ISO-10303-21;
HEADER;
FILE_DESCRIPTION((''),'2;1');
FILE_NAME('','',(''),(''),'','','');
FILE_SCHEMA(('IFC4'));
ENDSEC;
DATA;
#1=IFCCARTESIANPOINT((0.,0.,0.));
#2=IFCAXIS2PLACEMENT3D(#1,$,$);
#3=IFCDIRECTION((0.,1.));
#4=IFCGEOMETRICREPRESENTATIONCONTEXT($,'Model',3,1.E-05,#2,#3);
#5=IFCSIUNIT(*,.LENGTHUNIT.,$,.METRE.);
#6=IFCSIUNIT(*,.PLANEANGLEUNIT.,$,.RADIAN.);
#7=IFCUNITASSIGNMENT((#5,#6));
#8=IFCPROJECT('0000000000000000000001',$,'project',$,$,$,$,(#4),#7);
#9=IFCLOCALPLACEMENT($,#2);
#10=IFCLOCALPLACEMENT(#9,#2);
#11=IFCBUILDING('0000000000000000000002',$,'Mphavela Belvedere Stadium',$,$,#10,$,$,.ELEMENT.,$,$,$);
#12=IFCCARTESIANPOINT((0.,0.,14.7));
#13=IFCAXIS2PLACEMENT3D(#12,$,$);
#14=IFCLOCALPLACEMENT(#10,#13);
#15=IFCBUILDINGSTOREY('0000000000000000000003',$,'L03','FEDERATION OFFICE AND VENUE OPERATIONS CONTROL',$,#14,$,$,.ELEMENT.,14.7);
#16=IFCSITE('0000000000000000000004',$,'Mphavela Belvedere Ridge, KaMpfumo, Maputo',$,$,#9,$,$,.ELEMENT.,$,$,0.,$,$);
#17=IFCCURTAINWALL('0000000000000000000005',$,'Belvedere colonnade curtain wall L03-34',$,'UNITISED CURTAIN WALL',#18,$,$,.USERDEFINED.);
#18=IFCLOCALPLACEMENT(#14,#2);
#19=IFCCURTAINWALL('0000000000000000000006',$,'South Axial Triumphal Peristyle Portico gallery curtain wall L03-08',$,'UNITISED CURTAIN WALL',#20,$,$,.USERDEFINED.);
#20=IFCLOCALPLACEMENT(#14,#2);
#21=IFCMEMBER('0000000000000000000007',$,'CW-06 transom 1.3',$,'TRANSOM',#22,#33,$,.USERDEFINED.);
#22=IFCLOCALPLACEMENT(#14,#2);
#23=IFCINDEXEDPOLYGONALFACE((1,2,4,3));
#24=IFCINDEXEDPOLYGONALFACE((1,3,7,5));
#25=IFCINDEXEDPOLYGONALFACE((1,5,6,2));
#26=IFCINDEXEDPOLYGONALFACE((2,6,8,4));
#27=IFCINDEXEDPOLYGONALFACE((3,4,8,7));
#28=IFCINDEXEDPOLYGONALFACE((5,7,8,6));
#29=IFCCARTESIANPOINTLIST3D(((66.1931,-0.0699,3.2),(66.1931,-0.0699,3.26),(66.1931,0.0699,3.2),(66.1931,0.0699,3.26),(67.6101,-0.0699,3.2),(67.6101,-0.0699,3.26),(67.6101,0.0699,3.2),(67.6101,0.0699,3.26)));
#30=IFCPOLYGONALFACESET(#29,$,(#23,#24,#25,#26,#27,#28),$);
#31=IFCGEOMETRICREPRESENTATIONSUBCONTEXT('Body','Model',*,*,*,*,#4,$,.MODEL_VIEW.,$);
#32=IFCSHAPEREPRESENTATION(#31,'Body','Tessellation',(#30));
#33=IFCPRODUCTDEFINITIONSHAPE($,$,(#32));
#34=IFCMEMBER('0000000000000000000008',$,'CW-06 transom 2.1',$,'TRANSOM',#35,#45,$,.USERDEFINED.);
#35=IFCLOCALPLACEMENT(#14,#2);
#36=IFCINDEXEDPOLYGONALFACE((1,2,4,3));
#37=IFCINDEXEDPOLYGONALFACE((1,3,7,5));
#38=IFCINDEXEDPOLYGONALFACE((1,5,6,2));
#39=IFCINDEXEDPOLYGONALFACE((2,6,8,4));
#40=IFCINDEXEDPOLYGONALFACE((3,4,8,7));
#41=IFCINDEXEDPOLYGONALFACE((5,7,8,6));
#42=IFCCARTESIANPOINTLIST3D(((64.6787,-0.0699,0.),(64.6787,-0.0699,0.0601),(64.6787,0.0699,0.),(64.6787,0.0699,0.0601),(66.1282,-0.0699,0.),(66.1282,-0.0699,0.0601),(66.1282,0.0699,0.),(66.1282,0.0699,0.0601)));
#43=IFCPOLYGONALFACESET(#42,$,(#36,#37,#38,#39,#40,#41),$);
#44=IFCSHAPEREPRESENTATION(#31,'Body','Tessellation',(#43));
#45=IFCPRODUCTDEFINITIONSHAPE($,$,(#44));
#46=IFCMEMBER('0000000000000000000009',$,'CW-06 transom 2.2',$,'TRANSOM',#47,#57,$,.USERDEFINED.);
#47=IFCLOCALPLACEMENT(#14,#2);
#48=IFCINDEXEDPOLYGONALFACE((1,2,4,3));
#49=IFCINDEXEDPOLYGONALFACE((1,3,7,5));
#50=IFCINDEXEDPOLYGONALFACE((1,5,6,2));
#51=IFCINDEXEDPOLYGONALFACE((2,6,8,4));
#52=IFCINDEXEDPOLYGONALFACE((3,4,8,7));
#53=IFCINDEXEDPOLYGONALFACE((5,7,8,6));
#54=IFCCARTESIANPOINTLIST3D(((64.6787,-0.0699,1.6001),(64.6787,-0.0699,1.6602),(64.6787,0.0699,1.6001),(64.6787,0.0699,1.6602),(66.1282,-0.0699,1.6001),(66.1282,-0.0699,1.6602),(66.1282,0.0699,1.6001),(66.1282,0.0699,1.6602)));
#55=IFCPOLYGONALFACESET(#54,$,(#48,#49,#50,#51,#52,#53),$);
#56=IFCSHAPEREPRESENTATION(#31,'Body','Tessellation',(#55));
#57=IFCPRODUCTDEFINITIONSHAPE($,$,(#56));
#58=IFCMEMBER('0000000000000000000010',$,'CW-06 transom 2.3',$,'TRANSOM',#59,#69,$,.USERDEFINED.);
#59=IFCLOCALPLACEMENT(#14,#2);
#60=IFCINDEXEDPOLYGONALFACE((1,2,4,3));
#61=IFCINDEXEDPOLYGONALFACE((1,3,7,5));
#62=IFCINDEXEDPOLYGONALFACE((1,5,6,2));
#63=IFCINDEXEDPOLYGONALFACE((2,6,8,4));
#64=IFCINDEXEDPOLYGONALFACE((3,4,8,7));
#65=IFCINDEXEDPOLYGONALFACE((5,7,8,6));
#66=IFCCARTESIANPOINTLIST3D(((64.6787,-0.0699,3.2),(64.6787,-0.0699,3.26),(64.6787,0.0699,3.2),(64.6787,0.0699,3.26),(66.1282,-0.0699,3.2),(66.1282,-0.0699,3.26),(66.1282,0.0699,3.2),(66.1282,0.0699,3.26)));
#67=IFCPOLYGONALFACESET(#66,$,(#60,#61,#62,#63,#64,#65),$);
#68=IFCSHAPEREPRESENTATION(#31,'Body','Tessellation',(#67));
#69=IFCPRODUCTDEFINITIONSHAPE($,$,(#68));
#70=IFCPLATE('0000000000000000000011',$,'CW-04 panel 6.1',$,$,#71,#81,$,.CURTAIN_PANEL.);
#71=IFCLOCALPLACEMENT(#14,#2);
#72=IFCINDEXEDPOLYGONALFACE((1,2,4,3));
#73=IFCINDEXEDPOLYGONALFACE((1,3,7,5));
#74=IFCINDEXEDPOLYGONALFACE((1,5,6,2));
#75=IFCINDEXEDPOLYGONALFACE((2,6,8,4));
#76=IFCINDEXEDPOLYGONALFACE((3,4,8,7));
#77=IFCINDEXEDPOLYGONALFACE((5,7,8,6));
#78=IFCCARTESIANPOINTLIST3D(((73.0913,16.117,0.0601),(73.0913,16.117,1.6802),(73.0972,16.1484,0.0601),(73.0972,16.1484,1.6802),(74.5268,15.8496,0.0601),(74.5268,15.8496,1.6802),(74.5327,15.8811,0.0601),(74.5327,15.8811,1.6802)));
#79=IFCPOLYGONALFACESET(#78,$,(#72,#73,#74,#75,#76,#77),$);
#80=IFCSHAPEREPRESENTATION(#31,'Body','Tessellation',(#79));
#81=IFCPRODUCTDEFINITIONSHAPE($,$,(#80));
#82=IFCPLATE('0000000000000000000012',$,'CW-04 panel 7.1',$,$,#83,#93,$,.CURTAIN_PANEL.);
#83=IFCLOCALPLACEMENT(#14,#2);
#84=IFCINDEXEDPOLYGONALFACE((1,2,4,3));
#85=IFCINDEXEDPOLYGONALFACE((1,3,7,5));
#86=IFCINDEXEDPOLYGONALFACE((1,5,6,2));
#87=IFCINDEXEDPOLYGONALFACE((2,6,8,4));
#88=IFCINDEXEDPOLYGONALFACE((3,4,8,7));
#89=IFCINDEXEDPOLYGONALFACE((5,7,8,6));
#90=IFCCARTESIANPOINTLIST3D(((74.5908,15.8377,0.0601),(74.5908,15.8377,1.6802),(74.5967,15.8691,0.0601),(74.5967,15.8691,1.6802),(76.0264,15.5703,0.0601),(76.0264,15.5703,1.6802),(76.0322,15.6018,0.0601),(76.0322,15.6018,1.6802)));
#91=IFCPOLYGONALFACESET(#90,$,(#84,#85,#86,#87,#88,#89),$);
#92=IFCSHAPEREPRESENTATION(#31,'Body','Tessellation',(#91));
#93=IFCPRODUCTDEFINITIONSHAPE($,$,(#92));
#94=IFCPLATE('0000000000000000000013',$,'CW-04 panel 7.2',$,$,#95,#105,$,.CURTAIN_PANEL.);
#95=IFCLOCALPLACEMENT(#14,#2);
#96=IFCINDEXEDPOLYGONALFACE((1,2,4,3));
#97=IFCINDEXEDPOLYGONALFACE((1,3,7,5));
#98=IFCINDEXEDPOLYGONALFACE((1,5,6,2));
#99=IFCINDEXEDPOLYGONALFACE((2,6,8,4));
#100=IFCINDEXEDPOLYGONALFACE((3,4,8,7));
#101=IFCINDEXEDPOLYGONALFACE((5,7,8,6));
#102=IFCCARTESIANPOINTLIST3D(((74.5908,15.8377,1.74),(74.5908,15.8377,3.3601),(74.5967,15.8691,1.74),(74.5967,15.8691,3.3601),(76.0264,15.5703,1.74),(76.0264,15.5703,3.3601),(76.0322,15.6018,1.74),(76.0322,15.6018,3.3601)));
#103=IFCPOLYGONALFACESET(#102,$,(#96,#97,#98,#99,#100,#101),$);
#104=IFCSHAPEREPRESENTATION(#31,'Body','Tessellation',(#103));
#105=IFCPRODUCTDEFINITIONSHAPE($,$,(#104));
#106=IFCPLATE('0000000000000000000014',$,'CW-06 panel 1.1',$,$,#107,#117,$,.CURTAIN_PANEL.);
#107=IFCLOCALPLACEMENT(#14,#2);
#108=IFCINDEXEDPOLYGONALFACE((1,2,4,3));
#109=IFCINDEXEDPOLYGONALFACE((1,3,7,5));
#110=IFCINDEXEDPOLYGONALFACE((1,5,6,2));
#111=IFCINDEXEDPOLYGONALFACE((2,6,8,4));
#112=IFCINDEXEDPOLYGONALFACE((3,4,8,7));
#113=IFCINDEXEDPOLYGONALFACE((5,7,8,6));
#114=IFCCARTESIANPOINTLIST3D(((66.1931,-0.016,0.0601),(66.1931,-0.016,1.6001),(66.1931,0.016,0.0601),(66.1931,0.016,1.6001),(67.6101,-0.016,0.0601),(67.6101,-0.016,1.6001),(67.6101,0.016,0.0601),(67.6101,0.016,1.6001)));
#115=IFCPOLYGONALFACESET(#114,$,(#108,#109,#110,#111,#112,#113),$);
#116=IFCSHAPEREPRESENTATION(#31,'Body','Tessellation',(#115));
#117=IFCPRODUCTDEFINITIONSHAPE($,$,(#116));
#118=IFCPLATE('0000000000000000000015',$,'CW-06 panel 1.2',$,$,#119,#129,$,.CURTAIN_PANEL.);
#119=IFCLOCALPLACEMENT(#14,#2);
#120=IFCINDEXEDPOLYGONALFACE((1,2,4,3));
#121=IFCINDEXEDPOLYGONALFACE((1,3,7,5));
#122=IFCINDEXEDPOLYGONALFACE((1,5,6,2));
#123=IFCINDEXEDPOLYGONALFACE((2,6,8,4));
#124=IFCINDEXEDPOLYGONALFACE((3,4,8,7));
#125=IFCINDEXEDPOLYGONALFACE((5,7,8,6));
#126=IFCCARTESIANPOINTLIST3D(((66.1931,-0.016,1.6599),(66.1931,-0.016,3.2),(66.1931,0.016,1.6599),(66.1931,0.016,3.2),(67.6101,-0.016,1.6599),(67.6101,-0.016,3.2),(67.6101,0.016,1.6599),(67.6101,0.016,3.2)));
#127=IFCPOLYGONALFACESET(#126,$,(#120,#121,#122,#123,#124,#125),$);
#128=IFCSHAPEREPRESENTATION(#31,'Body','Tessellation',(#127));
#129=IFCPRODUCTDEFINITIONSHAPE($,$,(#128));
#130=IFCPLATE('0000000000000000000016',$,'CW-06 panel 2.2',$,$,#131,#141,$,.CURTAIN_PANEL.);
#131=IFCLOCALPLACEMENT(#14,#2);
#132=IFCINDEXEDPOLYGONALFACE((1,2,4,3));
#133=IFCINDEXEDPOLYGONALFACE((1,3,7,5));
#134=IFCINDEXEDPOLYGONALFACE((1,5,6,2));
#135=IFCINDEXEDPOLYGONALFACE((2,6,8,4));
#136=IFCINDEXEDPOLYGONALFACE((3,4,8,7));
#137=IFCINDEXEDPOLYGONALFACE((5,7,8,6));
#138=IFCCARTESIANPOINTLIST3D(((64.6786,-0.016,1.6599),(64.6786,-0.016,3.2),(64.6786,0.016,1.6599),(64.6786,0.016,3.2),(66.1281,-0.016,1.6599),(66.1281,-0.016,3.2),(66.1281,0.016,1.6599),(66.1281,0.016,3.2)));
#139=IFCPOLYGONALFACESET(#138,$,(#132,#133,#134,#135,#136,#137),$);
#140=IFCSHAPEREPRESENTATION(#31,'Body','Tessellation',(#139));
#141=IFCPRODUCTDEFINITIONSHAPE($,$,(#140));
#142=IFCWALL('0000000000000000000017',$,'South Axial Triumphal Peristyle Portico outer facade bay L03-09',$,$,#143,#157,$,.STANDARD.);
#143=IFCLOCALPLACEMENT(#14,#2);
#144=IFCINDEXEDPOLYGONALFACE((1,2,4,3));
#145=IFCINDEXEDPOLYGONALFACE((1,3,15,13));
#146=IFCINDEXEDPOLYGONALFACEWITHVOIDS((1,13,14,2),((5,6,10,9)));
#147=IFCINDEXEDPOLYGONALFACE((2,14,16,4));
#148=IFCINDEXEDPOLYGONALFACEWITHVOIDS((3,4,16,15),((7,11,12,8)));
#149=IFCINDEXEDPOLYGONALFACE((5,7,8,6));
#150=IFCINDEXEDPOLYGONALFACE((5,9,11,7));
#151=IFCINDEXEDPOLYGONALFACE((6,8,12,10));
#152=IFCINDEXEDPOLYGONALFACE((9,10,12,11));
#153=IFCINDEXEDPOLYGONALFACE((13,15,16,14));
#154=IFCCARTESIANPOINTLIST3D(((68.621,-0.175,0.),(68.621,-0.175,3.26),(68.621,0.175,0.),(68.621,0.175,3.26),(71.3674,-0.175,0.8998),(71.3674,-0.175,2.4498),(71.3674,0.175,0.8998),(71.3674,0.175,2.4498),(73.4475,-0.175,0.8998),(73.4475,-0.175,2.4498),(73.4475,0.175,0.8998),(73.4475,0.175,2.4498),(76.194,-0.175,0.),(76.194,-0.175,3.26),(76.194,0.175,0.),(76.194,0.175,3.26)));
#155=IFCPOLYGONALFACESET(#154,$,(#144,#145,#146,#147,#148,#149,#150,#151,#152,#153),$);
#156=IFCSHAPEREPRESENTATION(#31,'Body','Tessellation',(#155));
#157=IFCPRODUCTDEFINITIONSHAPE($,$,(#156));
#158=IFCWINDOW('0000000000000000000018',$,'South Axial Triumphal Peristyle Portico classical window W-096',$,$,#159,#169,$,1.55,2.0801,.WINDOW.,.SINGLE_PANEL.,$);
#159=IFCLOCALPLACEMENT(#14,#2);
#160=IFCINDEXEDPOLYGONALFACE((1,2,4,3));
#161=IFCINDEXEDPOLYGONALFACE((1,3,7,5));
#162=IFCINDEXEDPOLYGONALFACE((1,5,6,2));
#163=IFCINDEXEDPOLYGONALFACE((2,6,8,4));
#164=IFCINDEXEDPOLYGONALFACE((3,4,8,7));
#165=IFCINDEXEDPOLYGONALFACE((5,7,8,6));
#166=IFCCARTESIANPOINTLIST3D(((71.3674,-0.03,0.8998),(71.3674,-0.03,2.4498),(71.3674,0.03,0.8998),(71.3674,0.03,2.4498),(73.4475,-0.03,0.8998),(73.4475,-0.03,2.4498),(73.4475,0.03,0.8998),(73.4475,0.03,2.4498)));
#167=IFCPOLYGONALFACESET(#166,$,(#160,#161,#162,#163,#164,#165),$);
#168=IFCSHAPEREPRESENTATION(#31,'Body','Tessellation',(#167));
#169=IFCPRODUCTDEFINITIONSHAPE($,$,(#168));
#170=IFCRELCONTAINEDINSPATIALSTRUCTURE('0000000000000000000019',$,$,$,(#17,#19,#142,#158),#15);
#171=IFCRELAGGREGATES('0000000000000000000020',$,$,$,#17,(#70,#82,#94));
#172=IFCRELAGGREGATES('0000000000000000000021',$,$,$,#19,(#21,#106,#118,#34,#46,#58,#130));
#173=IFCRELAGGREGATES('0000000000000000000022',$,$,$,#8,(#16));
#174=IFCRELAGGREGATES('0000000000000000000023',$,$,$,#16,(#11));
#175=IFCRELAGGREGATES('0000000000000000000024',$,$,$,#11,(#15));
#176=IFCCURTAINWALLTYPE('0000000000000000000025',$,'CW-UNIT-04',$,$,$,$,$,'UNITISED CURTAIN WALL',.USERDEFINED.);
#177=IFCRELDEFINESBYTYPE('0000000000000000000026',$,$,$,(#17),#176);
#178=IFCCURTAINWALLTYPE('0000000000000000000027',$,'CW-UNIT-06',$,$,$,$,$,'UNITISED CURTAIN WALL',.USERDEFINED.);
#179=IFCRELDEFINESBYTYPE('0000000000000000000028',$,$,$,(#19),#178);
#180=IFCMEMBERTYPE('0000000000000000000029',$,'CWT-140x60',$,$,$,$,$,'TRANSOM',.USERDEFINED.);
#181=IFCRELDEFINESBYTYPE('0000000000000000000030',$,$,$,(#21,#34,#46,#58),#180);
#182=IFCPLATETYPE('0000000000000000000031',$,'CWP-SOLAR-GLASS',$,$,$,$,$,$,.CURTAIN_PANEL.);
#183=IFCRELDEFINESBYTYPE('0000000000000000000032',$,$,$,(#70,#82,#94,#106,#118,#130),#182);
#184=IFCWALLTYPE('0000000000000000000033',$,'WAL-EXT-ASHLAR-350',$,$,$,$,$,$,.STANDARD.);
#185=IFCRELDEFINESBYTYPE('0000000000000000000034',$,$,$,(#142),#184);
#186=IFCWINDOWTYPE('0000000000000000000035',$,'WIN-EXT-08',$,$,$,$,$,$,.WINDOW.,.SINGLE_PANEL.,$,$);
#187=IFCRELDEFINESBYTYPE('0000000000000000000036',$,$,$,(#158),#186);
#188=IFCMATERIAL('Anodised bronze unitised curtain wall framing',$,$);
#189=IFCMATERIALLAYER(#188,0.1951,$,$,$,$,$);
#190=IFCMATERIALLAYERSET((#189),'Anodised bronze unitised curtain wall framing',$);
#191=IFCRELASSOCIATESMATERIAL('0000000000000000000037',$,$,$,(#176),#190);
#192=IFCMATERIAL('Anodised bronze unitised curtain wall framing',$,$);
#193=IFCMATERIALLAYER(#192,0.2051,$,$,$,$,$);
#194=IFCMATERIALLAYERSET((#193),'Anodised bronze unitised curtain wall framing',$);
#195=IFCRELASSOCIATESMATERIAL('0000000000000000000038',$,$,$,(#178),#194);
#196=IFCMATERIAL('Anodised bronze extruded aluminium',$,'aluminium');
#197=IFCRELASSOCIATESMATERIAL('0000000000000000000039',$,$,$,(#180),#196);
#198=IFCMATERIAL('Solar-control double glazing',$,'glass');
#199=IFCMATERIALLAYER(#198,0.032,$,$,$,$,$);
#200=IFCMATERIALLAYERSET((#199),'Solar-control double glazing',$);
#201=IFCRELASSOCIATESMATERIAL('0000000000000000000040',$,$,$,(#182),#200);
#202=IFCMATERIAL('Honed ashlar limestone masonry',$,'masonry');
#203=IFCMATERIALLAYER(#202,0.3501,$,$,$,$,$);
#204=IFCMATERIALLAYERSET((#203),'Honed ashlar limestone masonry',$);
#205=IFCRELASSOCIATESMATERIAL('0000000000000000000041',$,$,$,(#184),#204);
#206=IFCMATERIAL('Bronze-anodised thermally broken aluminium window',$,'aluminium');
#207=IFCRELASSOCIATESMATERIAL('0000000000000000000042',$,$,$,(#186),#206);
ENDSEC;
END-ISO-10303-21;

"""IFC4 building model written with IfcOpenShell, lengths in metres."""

from ifc_helpers import new_model, si_unit, direction, frame, frame_2d, origin, origin_2d, place, context, subcontext, project, spatial, rectangle, extrude, material, layer, layer_set, material_profile, profile_set, type_object, element, fill, aggregate, save


model = new_model("IFC4")

# Units and contexts
model_context = context("Model", 3, precision=1e-05, world=origin(), true_north=direction((0.0, 1.0)))
body_context = subcontext(model_context, "Body", "Model", "MODEL_VIEW")
ifc_project = project(units=[si_unit("LENGTHUNIT", "METRE"), si_unit("PLANEANGLEUNIT", "RADIAN")], contexts=[model_context])

# Site, building, storey
site_placement = place(None, origin())
site = spatial("IfcSite", under=ifc_project, at=site_placement, Name="Mphavela Belvedere Ridge, KaMpfumo, Maputo", CompositionType="ELEMENT", RefElevation=0.0)
building_placement = place(site_placement, origin())
building = spatial("IfcBuilding", under=site, at=building_placement, Name="Mphavela Belvedere Stadium", CompositionType="ELEMENT")
storey_placement = place(building_placement, frame((0.0, 0.0, 14.7)))
storey = spatial("IfcBuildingStorey", under=building, at=storey_placement, Name="L03", Description="FEDERATION OFFICE AND VENUE OPERATIONS CONTROL", CompositionType="ELEMENT", Elevation=14.7)

# Curtain walls
ifc_material_1 = material(Name="Anodised bronze unitised curtain wall framing")
ifc_layer_1 = layer(ifc_material_1, 0.1951)
ifc_layer_set_1 = layer_set([ifc_layer_1], Name="Anodised bronze unitised curtain wall framing")
curtain_wall_type_1 = type_object("IfcCurtainWallType", Name="CW-UNIT-04", ElementType="UNITISED CURTAIN WALL", PredefinedType="USERDEFINED", material=ifc_layer_set_1)
curtain_wall_1_placement = place(storey_placement, origin())
curtain_wall_1 = element("IfcCurtainWall", 1, at=curtain_wall_1_placement, inside=storey, type_object=curtain_wall_type_1, Name="Belvedere colonnade curtain wall L03-34", ObjectType="UNITISED CURTAIN WALL", PredefinedType="USERDEFINED")
ifc_material_2 = material(Name="Anodised bronze unitised curtain wall framing")
ifc_layer_2 = layer(ifc_material_2, 0.2051)
ifc_layer_set_2 = layer_set([ifc_layer_2], Name="Anodised bronze unitised curtain wall framing")
curtain_wall_type_2 = type_object("IfcCurtainWallType", Name="CW-UNIT-06", ElementType="UNITISED CURTAIN WALL", PredefinedType="USERDEFINED", material=ifc_layer_set_2)
curtain_wall_2_placement = place(storey_placement, origin())
curtain_wall_2 = element("IfcCurtainWall", 2, at=curtain_wall_2_placement, inside=storey, type_object=curtain_wall_type_2, Name="South Axial Triumphal Peristyle Portico gallery curtain wall L03-08", ObjectType="UNITISED CURTAIN WALL", PredefinedType="USERDEFINED")

# Members
ifc_material_3 = material(Name="Anodised bronze extruded aluminium", Category="aluminium")
ifc_material_profile_1 = material_profile(ifc_material_3, rectangle(XDim=0.1399, YDim=0.0601, at=origin_2d()), Name="CW-TRN 140x60")
ifc_profile_set_1 = profile_set([ifc_material_profile_1], Name="Anodised bronze extruded aluminium")
member_type_1 = type_object("IfcMemberType", Name="CWT-140x60", ElementType="TRANSOM", PredefinedType="USERDEFINED", material=ifc_profile_set_1)
member_1_placement = place(storey_placement, frame((67.6101, 0.0, 3.23), z_axis=(-1.0, 0.0, 0.0), x_axis=(0.0, -1.0, 0.0)))
member_1 = element("IfcMember", 3, at=member_1_placement, type_object=member_type_1, Name="CW-06 transom 1.3", ObjectType="TRANSOM", PredefinedType="USERDEFINED", context=body_context, shape_type="SweptSolid", body=[
    extrude(rectangle(XDim=0.1399, YDim=0.0601, at=origin_2d()), origin(), (0.0, 0.0, 1.0), 1.417),
])
member_2_placement = place(storey_placement, frame((66.1282, 0.0, 0.03), z_axis=(-1.0, 0.0, 0.0), x_axis=(0.0, -1.0, 0.0)))
member_2 = element("IfcMember", 4, at=member_2_placement, type_object=member_type_1, Name="CW-06 transom 2.1", ObjectType="TRANSOM", PredefinedType="USERDEFINED", context=body_context, shape_type="SweptSolid", body=[
    extrude(rectangle(XDim=0.1399, YDim=0.0601, at=origin_2d()), origin(), (0.0, 0.0, 1.0), 1.4495),
])
member_3_placement = place(storey_placement, frame((66.1282, 0.0, 1.6301), z_axis=(-1.0, 0.0, 0.0), x_axis=(0.0, -1.0, 0.0)))
member_3 = element("IfcMember", 5, at=member_3_placement, type_object=member_type_1, Name="CW-06 transom 2.2", ObjectType="TRANSOM", PredefinedType="USERDEFINED", context=body_context, shape_type="SweptSolid", body=[
    extrude(rectangle(XDim=0.1399, YDim=0.0601, at=origin_2d()), origin(), (0.0, 0.0, 1.0), 1.4495),
])
member_4_placement = place(storey_placement, frame((66.1282, 0.0, 3.23), z_axis=(-1.0, 0.0, 0.0), x_axis=(0.0, -1.0, 0.0)))
member_4 = element("IfcMember", 6, at=member_4_placement, type_object=member_type_1, Name="CW-06 transom 2.3", ObjectType="TRANSOM", PredefinedType="USERDEFINED", context=body_context, shape_type="SweptSolid", body=[
    extrude(rectangle(XDim=0.1399, YDim=0.0601, at=origin_2d()), origin(), (0.0, 0.0, 1.0), 1.4495),
])

# Plates
ifc_material_4 = material(Name="Solar-control double glazing", Category="glass")
ifc_layer_3 = layer(ifc_material_4, 0.032)
ifc_layer_set_3 = layer_set([ifc_layer_3], Name="Solar-control double glazing")
plate_type = type_object("IfcPlateType", Name="CWP-SOLAR-GLASS", PredefinedType="CURTAIN_PANEL", material=ifc_layer_set_3)
plate_1_placement = place(storey_placement, frame((73.812, 15.999, 0.0601), z_axis=(0.0, 0.0, 1.0), x_axis=(0.983097, -0.183088, 0.0)))
plate_1 = element("IfcPlate", 7, at=plate_1_placement, type_object=plate_type, Name="CW-04 panel 6.1", PredefinedType="CURTAIN_PANEL", context=body_context, shape_type="SweptSolid", body=[
    extrude(rectangle(XDim=1.4602, YDim=0.032, at=origin_2d()), origin(), (0.0, 0.0, 1.0), 1.6201),
])
plate_2_placement = place(storey_placement, frame((75.3115, 15.7197, 0.0601), z_axis=(0.0, 0.0, 1.0), x_axis=(0.983097, -0.183088, 0.0)))
plate_2 = element("IfcPlate", 8, at=plate_2_placement, type_object=plate_type, Name="CW-04 panel 7.1", PredefinedType="CURTAIN_PANEL", context=body_context, shape_type="SweptSolid", body=[
    extrude(rectangle(XDim=1.4602, YDim=0.032, at=origin_2d()), origin(), (0.0, 0.0, 1.0), 1.6201),
])
plate_3_placement = place(storey_placement, frame((75.3115, 15.7197, 1.74), z_axis=(0.0, 0.0, 1.0), x_axis=(0.983097, -0.183088, 0.0)))
plate_3 = element("IfcPlate", 9, at=plate_3_placement, type_object=plate_type, Name="CW-04 panel 7.2", PredefinedType="CURTAIN_PANEL", context=body_context, shape_type="SweptSolid", body=[
    extrude(rectangle(XDim=1.4602, YDim=0.032, at=origin_2d()), origin(), (0.0, 0.0, 1.0), 1.6201),
])
aggregate(curtain_wall_1, [plate_1, plate_2, plate_3])
plate_4_placement = place(storey_placement, frame((66.9016, 0.0, 0.0601), z_axis=(0.0, 0.0, 1.0), x_axis=(-1.0, 0.0, 0.0)))
plate_4 = element("IfcPlate", 10, at=plate_4_placement, type_object=plate_type, Name="CW-06 panel 1.1", PredefinedType="CURTAIN_PANEL", context=body_context, shape_type="SweptSolid", body=[
    extrude(rectangle(XDim=1.417, YDim=0.032, at=origin_2d()), origin(), (0.0, 0.0, 1.0), 1.54),
])
plate_5_placement = place(storey_placement, frame((66.9016, 0.0, 1.6599), z_axis=(0.0, 0.0, 1.0), x_axis=(-1.0, 0.0, 0.0)))
plate_5 = element("IfcPlate", 11, at=plate_5_placement, type_object=plate_type, Name="CW-06 panel 1.2", PredefinedType="CURTAIN_PANEL", context=body_context, shape_type="SweptSolid", body=[
    extrude(rectangle(XDim=1.417, YDim=0.032, at=origin_2d()), origin(), (0.0, 0.0, 1.0), 1.54),
])
plate_6_placement = place(storey_placement, frame((65.4033, 0.0, 1.6599), z_axis=(0.0, 0.0, 1.0), x_axis=(-1.0, 0.0, 0.0)))
plate_6 = element("IfcPlate", 12, at=plate_6_placement, type_object=plate_type, Name="CW-06 panel 2.2", PredefinedType="CURTAIN_PANEL", context=body_context, shape_type="SweptSolid", body=[
    extrude(rectangle(XDim=1.4495, YDim=0.032, at=origin_2d()), origin(), (0.0, 0.0, 1.0), 1.54),
])
aggregate(curtain_wall_2, [member_1, plate_4, plate_5, member_2, member_3, member_4, plate_6])

# Wall, opening, window
ifc_material_5 = material(Name="Honed ashlar limestone masonry", Category="masonry")
ifc_layer_4 = layer(ifc_material_5, 0.3501)
ifc_layer_set_4 = layer_set([ifc_layer_4], Name="Honed ashlar limestone masonry")
wall_type = type_object("IfcWallType", Name="WAL-EXT-ASHLAR-350", PredefinedType="STANDARD", material=ifc_layer_set_4)
wall_placement = place(storey_placement, frame((76.1941, 0.0, 0.0), z_axis=(0.0, 0.0, 1.0), x_axis=(-1.0, 0.0, 0.0)))
wall = element("IfcWall", 13, at=wall_placement, inside=storey, type_object=wall_type, Name="South Axial Triumphal Peristyle Portico outer facade bay L03-09", PredefinedType="STANDARD", context=body_context, shape_type="SweptSolid", body=[
    extrude(rectangle(XDim=7.573, YDim=0.3501, at=frame_2d((3.7866, 0.0))), origin(), (0.0, 0.0, 1.0), 3.26),
])
opening_placement = place(wall_placement, frame((2.7466, 0.0, 0.8999)))
opening = element("IfcOpeningElement", 14, at=opening_placement, cuts=wall, PredefinedType="OPENING", context=body_context, shape_type="SweptSolid", body=[
    extrude(rectangle(XDim=2.0801, YDim=1.55, at=frame_2d((1.04, 0.7749))), frame((0.0, 0.1851, 0.0), z_axis=(0.0, -1.0, 0.0), x_axis=(1.0, 0.0, 0.0)), (0.0, 0.0, 1.0), 0.3701),
])
ifc_material_6 = material(Name="Bronze-anodised thermally broken aluminium window", Category="aluminium")
window_type = type_object("IfcWindowType", Name="WIN-EXT-08", PartitioningType="SINGLE_PANEL", PredefinedType="WINDOW", material=ifc_material_6)
window_placement = place(opening_placement, origin())
window = element("IfcWindow", 15, at=window_placement, inside=storey, type_object=window_type, Name="South Axial Triumphal Peristyle Portico classical window W-096", OverallHeight=1.55, OverallWidth=2.0801, PartitioningType="SINGLE_PANEL", PredefinedType="WINDOW", context=body_context, shape_type="SweptSolid", body=[
    extrude(rectangle(XDim=2.0801, YDim=1.55, at=frame_2d((1.04, 0.7749))), frame((0.0, 0.03, 0.0), z_axis=(0.0, -1.0, 0.0), x_axis=(1.0, 0.0, 0.0)), (0.0, 0.0, 1.0), 0.0601),
])
fill(opening, window)

save(model, "model.ifc")
